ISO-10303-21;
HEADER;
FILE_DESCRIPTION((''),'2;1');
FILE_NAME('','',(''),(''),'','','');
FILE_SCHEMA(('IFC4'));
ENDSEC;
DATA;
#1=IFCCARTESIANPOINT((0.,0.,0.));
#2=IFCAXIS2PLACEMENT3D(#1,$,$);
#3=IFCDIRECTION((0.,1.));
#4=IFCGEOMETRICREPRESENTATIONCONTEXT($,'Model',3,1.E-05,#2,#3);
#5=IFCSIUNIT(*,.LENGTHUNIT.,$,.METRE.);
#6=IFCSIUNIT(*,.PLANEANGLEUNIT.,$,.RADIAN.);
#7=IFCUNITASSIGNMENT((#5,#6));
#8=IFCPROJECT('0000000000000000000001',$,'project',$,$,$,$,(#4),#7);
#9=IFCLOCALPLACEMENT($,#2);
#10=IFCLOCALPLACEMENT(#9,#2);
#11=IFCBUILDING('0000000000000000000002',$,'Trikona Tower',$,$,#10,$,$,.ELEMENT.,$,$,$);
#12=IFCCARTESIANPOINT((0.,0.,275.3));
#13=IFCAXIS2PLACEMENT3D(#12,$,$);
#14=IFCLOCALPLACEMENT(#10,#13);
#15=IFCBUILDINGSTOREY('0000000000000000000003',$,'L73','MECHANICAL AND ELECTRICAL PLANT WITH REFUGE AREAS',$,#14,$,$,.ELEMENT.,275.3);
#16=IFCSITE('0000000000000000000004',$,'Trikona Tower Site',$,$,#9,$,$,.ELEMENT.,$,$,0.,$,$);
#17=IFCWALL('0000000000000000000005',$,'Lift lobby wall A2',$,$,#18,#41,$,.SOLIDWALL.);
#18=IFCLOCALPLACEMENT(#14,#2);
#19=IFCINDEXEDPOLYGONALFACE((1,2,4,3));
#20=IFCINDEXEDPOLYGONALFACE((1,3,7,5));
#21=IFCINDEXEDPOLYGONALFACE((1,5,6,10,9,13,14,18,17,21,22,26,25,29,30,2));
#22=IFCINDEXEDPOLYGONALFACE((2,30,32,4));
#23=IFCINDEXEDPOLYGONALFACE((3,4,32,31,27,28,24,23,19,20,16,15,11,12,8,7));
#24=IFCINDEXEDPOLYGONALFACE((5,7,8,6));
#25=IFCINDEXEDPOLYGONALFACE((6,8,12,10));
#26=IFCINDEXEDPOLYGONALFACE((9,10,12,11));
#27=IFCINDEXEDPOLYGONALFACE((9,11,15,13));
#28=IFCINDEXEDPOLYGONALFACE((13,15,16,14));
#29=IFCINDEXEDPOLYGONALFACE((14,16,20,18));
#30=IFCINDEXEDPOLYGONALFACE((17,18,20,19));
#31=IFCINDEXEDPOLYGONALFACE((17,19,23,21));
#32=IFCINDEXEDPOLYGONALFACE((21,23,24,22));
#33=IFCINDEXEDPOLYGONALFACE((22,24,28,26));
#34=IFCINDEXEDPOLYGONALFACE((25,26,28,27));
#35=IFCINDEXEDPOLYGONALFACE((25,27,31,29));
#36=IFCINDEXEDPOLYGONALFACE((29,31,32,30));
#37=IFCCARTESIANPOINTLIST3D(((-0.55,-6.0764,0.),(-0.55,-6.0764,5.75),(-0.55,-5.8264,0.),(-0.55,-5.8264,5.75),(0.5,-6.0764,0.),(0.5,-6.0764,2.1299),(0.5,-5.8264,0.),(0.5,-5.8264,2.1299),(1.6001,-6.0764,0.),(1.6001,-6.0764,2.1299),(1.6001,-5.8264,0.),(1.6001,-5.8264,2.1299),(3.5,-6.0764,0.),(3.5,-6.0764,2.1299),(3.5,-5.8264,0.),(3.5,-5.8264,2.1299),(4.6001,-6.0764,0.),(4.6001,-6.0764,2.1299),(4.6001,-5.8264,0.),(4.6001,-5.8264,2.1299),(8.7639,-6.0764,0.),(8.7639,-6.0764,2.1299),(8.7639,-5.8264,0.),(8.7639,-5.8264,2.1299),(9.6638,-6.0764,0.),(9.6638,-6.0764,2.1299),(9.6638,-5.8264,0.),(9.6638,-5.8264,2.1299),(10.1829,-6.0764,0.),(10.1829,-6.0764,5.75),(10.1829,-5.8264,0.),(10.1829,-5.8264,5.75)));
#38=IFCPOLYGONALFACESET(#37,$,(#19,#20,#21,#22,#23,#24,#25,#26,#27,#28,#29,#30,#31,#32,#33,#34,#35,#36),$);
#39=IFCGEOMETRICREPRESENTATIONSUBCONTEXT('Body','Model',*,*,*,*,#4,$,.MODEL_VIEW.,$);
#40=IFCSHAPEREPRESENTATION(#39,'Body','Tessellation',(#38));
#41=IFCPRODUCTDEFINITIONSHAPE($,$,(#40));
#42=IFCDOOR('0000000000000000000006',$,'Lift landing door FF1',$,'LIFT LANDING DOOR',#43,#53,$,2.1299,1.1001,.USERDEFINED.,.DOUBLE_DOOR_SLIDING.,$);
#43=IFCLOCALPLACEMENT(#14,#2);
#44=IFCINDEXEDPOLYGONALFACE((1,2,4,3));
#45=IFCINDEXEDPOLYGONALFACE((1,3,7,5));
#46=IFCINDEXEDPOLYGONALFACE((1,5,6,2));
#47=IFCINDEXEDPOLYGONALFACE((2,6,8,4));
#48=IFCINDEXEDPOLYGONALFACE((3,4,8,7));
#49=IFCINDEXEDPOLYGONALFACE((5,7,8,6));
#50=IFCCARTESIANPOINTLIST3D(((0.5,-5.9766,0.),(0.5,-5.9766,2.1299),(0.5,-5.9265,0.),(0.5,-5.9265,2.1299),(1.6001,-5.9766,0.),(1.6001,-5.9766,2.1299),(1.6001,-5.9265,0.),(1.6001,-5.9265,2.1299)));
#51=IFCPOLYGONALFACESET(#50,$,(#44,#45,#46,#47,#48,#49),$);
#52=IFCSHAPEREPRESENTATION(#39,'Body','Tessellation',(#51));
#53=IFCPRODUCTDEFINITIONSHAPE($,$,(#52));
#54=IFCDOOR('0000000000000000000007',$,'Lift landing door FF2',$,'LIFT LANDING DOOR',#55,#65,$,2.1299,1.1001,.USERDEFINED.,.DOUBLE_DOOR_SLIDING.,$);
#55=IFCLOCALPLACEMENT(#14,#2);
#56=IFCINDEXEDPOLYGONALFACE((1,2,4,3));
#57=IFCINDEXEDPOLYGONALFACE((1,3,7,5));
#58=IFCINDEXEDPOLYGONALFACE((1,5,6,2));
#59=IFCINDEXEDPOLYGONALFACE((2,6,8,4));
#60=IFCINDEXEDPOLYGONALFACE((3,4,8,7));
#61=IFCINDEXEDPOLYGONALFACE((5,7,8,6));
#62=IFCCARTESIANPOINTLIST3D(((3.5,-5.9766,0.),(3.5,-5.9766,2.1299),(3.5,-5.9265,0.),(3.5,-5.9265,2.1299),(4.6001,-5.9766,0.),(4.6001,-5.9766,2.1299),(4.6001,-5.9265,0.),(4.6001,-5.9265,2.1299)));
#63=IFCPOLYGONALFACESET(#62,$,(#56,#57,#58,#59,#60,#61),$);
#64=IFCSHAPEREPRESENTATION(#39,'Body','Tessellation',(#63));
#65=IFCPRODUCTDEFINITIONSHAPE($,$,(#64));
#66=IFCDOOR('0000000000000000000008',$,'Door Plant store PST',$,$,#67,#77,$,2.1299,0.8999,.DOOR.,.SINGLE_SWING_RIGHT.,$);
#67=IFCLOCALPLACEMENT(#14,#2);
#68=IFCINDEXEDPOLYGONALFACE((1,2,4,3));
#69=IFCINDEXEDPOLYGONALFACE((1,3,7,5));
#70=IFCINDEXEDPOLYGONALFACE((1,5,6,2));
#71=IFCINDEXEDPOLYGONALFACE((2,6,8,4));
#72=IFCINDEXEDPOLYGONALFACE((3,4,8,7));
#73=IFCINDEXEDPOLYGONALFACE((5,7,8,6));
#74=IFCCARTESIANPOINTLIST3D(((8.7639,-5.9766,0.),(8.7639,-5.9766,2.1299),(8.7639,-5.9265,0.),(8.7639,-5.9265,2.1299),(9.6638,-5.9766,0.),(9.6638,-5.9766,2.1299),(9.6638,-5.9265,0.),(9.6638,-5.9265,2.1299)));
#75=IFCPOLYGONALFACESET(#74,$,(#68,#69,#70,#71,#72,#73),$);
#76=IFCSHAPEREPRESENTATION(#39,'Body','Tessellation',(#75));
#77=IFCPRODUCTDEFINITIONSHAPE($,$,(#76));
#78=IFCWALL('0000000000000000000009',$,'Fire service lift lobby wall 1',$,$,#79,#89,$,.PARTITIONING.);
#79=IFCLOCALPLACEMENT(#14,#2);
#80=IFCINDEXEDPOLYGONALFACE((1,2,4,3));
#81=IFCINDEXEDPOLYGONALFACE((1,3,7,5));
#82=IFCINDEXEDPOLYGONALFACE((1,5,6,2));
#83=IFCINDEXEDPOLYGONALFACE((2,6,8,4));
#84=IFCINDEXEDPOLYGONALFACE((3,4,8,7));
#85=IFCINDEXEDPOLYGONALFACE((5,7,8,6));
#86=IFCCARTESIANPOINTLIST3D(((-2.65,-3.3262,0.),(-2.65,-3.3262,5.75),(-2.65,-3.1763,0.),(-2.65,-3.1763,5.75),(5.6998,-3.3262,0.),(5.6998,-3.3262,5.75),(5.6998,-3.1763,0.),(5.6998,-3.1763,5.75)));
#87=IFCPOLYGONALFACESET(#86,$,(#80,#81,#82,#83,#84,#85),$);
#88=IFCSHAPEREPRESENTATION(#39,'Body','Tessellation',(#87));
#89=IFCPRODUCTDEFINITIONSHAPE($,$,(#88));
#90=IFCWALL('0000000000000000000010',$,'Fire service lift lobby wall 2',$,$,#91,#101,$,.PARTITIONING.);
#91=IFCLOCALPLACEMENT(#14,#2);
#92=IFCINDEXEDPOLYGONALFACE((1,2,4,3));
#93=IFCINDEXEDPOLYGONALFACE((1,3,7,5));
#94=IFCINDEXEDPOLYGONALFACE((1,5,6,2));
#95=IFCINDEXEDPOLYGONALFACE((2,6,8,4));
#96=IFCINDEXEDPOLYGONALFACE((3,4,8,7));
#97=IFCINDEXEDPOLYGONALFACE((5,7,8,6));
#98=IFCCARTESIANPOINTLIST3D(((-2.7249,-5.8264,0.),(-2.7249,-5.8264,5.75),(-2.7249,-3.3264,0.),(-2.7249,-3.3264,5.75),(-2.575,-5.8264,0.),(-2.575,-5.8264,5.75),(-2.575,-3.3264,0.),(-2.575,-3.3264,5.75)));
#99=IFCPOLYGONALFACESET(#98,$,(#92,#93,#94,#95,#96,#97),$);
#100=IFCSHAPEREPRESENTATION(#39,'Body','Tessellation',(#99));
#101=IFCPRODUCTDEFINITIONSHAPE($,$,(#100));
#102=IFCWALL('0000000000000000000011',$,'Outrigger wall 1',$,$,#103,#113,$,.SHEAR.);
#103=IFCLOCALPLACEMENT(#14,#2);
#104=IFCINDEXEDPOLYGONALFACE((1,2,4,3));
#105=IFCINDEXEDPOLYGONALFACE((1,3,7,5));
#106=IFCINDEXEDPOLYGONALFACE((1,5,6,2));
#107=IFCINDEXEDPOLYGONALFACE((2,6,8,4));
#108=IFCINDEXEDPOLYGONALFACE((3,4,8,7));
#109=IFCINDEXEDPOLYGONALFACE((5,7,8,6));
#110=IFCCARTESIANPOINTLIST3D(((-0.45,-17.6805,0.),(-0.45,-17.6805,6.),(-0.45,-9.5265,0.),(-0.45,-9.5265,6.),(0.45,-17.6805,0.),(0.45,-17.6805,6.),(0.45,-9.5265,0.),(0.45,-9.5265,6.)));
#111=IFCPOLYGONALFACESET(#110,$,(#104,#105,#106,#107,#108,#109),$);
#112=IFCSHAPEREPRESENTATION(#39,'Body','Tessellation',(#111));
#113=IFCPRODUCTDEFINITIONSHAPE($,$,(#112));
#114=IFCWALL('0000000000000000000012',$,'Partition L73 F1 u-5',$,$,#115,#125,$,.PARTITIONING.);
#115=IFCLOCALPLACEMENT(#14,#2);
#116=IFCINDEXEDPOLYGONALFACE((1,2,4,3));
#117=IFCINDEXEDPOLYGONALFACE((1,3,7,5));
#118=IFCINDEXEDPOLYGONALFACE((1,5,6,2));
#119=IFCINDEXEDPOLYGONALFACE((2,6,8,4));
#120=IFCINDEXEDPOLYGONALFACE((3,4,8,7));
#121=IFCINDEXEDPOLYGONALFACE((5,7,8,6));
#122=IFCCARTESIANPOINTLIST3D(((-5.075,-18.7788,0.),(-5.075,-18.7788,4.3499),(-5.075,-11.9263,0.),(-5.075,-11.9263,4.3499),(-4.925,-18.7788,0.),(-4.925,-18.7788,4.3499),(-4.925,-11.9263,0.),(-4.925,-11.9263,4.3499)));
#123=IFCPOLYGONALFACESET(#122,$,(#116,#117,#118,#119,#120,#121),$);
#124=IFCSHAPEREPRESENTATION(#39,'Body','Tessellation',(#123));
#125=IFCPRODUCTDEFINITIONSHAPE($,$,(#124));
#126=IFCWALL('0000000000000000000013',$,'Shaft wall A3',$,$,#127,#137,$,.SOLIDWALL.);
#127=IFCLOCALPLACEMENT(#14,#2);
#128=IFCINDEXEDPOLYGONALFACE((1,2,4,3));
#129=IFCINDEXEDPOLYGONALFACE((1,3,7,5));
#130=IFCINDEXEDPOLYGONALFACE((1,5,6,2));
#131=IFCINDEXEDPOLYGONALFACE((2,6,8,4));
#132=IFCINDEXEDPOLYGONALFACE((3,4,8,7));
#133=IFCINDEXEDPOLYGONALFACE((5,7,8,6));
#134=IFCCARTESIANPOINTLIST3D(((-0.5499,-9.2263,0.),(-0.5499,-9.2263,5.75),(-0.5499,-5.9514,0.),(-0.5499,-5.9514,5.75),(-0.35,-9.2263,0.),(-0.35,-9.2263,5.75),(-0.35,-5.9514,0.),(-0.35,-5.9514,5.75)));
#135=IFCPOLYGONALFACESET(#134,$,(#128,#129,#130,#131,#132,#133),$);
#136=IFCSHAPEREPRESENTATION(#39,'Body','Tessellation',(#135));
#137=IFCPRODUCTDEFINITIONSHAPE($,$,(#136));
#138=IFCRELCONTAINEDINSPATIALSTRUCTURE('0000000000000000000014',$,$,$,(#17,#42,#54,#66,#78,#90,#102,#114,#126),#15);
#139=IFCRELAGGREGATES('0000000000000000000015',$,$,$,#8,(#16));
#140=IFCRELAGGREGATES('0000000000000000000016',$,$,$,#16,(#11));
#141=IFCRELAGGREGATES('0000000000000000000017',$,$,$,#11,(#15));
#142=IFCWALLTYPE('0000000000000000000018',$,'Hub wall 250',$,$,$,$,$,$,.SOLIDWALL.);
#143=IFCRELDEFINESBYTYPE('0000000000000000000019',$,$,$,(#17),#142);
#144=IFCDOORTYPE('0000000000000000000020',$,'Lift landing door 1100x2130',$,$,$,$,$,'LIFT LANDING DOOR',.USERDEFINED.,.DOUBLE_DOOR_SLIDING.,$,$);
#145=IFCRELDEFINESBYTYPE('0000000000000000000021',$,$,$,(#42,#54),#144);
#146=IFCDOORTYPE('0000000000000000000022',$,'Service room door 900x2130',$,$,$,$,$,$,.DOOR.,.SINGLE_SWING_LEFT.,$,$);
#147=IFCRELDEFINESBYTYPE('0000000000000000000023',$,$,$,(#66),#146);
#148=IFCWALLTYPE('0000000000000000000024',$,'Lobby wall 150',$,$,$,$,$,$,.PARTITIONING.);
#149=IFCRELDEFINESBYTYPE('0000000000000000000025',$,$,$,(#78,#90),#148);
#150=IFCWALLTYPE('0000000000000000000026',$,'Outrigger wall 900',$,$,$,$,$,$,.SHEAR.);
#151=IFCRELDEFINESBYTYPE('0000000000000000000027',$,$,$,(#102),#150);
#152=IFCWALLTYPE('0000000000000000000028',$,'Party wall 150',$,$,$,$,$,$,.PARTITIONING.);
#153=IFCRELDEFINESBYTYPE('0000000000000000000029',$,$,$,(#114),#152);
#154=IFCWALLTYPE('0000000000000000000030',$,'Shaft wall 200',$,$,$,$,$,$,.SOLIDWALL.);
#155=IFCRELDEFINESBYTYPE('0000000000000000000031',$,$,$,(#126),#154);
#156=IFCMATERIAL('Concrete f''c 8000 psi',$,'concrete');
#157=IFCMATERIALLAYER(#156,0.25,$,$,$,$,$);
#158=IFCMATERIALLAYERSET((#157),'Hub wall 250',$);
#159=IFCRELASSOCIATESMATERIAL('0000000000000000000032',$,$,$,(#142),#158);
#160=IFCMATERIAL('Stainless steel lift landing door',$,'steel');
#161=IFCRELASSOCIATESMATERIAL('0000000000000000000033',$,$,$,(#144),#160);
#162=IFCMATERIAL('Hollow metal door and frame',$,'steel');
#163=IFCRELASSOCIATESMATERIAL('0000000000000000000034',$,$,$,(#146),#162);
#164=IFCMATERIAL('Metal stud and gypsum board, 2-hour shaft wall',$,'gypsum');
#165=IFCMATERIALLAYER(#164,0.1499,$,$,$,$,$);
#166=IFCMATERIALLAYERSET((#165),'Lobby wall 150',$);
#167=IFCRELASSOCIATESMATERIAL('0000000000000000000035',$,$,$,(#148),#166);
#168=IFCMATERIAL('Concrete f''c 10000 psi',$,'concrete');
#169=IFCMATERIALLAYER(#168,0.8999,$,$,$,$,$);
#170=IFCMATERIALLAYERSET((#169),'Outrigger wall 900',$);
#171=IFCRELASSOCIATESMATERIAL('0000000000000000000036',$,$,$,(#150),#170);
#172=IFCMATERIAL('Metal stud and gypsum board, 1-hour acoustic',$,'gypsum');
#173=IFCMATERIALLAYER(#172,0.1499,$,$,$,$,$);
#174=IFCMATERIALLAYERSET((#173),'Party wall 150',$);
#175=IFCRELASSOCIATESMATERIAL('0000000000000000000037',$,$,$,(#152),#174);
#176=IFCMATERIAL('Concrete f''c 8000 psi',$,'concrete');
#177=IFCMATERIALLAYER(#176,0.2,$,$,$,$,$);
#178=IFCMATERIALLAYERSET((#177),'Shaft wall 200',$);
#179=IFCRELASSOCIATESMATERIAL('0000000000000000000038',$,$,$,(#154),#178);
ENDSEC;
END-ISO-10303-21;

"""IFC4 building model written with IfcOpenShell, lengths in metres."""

from ifc_helpers import new_model, si_unit, direction, frame, frame_2d, origin, place, context, subcontext, project, spatial, rectangle, extrude, material, layer, layer_set, type_object, element, fill, save


model = new_model("IFC4")

# Units and contexts
model_context = context("Model", 3, precision=1e-05, world=origin(), true_north=direction((0.0, 1.0)))
body_context = subcontext(model_context, "Body", "Model", "MODEL_VIEW")
ifc_project = project(units=[si_unit("LENGTHUNIT", "METRE"), si_unit("PLANEANGLEUNIT", "RADIAN")], contexts=[model_context])

# Site, building, storey
site_placement = place(None, origin())
site = spatial("IfcSite", under=ifc_project, at=site_placement, Name="Trikona Tower Site", CompositionType="ELEMENT", RefElevation=0.0)
building_placement = place(site_placement, origin())
building = spatial("IfcBuilding", under=site, at=building_placement, Name="Trikona Tower", CompositionType="ELEMENT")
storey_placement = place(building_placement, frame((0.0, 0.0, 275.3)))
storey = spatial("IfcBuildingStorey", under=building, at=storey_placement, Name="L73", Description="MECHANICAL AND ELECTRICAL PLANT WITH REFUGE AREAS", CompositionType="ELEMENT", Elevation=275.3)

# Wall, openings, doors
ifc_material_1 = material(Name="Concrete f'c 8000 psi", Category="concrete")
ifc_layer_1 = layer(ifc_material_1, 0.25)
ifc_layer_set_1 = layer_set([ifc_layer_1], Name="Hub wall 250")
wall_type_1 = type_object("IfcWallType", Name="Hub wall 250", PredefinedType="SOLIDWALL", material=ifc_layer_set_1)
wall_1_placement = place(storey_placement, frame((-0.55, -5.9514, 0.0), z_axis=(0.0, 0.0, 1.0), x_axis=(1.0, 0.0, 0.0)))
wall_1 = element("IfcWall", 1, at=wall_1_placement, inside=storey, type_object=wall_type_1, Name="Lift lobby wall A2", PredefinedType="SOLIDWALL", context=body_context, shape_type="SweptSolid", body=[
    extrude(rectangle(XDim=10.7329, YDim=0.25, at=frame_2d((5.3665, 0.0))), origin(), (0.0, 0.0, 1.0), 5.75),
])
opening_1_placement = place(wall_1_placement, frame((9.314, 0.0, 0.0)))
opening_1 = element("IfcOpeningElement", 2, at=opening_1_placement, cuts=wall_1, PredefinedType="OPENING", context=body_context, shape_type="SweptSolid", body=[
    extrude(rectangle(XDim=0.8999, YDim=2.1299, at=frame_2d((0.45, 1.0649))), frame((0.0, 0.135, 0.0), z_axis=(0.0, -1.0, 0.0), x_axis=(1.0, 0.0, 0.0)), (0.0, 0.0, 1.0), 0.27),
])
opening_2_placement = place(wall_1_placement, frame((1.05, 0.0, 0.0)))
opening_2 = element("IfcOpeningElement", 3, at=opening_2_placement, cuts=wall_1, PredefinedType="OPENING", context=body_context, shape_type="SweptSolid", body=[
    extrude(rectangle(XDim=1.1001, YDim=2.1299, at=frame_2d((0.55, 1.0649))), frame((0.0, 0.135, 0.0), z_axis=(0.0, -1.0, 0.0), x_axis=(1.0, 0.0, 0.0)), (0.0, 0.0, 1.0), 0.27),
])
opening_3_placement = place(wall_1_placement, frame((4.05, 0.0, 0.0)))
opening_3 = element("IfcOpeningElement", 4, at=opening_3_placement, cuts=wall_1, PredefinedType="OPENING", context=body_context, shape_type="SweptSolid", body=[
    extrude(rectangle(XDim=1.1001, YDim=2.1299, at=frame_2d((0.55, 1.0649))), frame((0.0, 0.135, 0.0), z_axis=(0.0, -1.0, 0.0), x_axis=(1.0, 0.0, 0.0)), (0.0, 0.0, 1.0), 0.27),
])
ifc_material_2 = material(Name="Stainless steel lift landing door", Category="steel")
door_type_1 = type_object("IfcDoorType", Name="Lift landing door 1100x2130", ElementType="LIFT LANDING DOOR", OperationType="DOUBLE_DOOR_SLIDING", PredefinedType="USERDEFINED", material=ifc_material_2)
door_1_placement = place(opening_2_placement, origin())
door_1 = element("IfcDoor", 5, at=door_1_placement, inside=storey, type_object=door_type_1, Name="Lift landing door FF1", ObjectType="LIFT LANDING DOOR", OperationType="DOUBLE_DOOR_SLIDING", OverallHeight=2.1299, OverallWidth=1.1001, PredefinedType="USERDEFINED", context=body_context, shape_type="SweptSolid", body=[
    extrude(rectangle(XDim=1.1001, YDim=2.1299, at=frame_2d((0.55, 1.0649))), frame((0.0, 0.0249, 0.0), z_axis=(0.0, -1.0, 0.0), x_axis=(1.0, 0.0, 0.0)), (0.0, 0.0, 1.0), 0.05),
])
fill(opening_2, door_1)
door_2_placement = place(opening_3_placement, origin())
door_2 = element("IfcDoor", 6, at=door_2_placement, inside=storey, type_object=door_type_1, Name="Lift landing door FF2", ObjectType="LIFT LANDING DOOR", OperationType="DOUBLE_DOOR_SLIDING", OverallHeight=2.1299, OverallWidth=1.1001, PredefinedType="USERDEFINED", context=body_context, shape_type="SweptSolid", body=[
    extrude(rectangle(XDim=1.1001, YDim=2.1299, at=frame_2d((0.55, 1.0649))), frame((0.0, 0.0249, 0.0), z_axis=(0.0, -1.0, 0.0), x_axis=(1.0, 0.0, 0.0)), (0.0, 0.0, 1.0), 0.05),
])
fill(opening_3, door_2)
ifc_material_3 = material(Name="Hollow metal door and frame", Category="steel")
door_type_2 = type_object("IfcDoorType", Name="Service room door 900x2130", OperationType="SINGLE_SWING_LEFT", PredefinedType="DOOR", material=ifc_material_3)
door_3_placement = place(opening_1_placement, origin())
door_3 = element("IfcDoor", 7, at=door_3_placement, inside=storey, type_object=door_type_2, Name="Door Plant store PST", OperationType="SINGLE_SWING_RIGHT", OverallHeight=2.1299, OverallWidth=0.8999, PredefinedType="DOOR", context=body_context, shape_type="SweptSolid", body=[
    extrude(rectangle(XDim=0.8999, YDim=2.1299, at=frame_2d((0.45, 1.0649))), frame((0.0, 0.0249, 0.0), z_axis=(0.0, -1.0, 0.0), x_axis=(1.0, 0.0, 0.0)), (0.0, 0.0, 1.0), 0.05),
])
fill(opening_1, door_3)

# Walls
ifc_material_4 = material(Name="Metal stud and gypsum board, 2-hour shaft wall", Category="gypsum")
ifc_layer_2 = layer(ifc_material_4, 0.1499)
ifc_layer_set_2 = layer_set([ifc_layer_2], Name="Lobby wall 150")
wall_type_2 = type_object("IfcWallType", Name="Lobby wall 150", PredefinedType="PARTITIONING", material=ifc_layer_set_2)
wall_2_placement = place(storey_placement, frame((-2.6499, -3.2512, 0.0), z_axis=(0.0, 0.0, 1.0), x_axis=(1.0, 0.0, 0.0)))
element("IfcWall", 8, at=wall_2_placement, inside=storey, type_object=wall_type_2, Name="Fire service lift lobby wall 1", PredefinedType="PARTITIONING", context=body_context, shape_type="SweptSolid", body=[
    extrude(rectangle(XDim=8.3499, YDim=0.1499, at=frame_2d((4.1748, 0.0))), origin(), (0.0, 0.0, 1.0), 5.75),
])
wall_3_placement = place(storey_placement, frame((-2.6499, -5.8264, 0.0), z_axis=(0.0, 0.0, 1.0), x_axis=(0.0, 1.0, 0.0)))
element("IfcWall", 9, at=wall_3_placement, inside=storey, type_object=wall_type_2, Name="Fire service lift lobby wall 2", PredefinedType="PARTITIONING", context=body_context, shape_type="SweptSolid", body=[
    extrude(rectangle(XDim=2.5, YDim=0.1499, at=frame_2d((1.25, 0.0))), origin(), (0.0, 0.0, 1.0), 5.75),
])
ifc_material_5 = material(Name="Concrete f'c 10000 psi", Category="concrete")
ifc_layer_3 = layer(ifc_material_5, 0.8999)
ifc_layer_set_3 = layer_set([ifc_layer_3], Name="Outrigger wall 900")
wall_type_3 = type_object("IfcWallType", Name="Outrigger wall 900", PredefinedType="SHEAR", material=ifc_layer_set_3)
wall_4_placement = place(storey_placement, frame((0.0, -9.5264, 0.0), z_axis=(0.0, 0.0, 1.0), x_axis=(0.0, -1.0, 0.0)))
element("IfcWall", 10, at=wall_4_placement, inside=storey, type_object=wall_type_3, Name="Outrigger wall 1", PredefinedType="SHEAR", context=body_context, shape_type="SweptSolid", body=[
    extrude(rectangle(XDim=8.1541, YDim=0.8999, at=frame_2d((4.0771, 0.0))), origin(), (0.0, 0.0, 1.0), 6.0),
])
ifc_material_6 = material(Name="Metal stud and gypsum board, 1-hour acoustic", Category="gypsum")
ifc_layer_4 = layer(ifc_material_6, 0.1499)
ifc_layer_set_4 = layer_set([ifc_layer_4], Name="Party wall 150")
wall_type_4 = type_object("IfcWallType", Name="Party wall 150", PredefinedType="PARTITIONING", material=ifc_layer_set_4)
wall_5_placement = place(storey_placement, frame((-5.0, -11.9263, 0.0), z_axis=(0.0, 0.0, 1.0), x_axis=(0.0, -1.0, 0.0)))
element("IfcWall", 11, at=wall_5_placement, inside=storey, type_object=wall_type_4, Name="Partition L73 F1 u-5", PredefinedType="PARTITIONING", context=body_context, shape_type="SweptSolid", body=[
    extrude(rectangle(XDim=6.8525, YDim=0.1499, at=frame_2d((3.4263, 0.0))), origin(), (0.0, 0.0, 1.0), 4.3499),
])
ifc_material_7 = material(Name="Concrete f'c 8000 psi", Category="concrete")
ifc_layer_5 = layer(ifc_material_7, 0.2)
ifc_layer_set_5 = layer_set([ifc_layer_5], Name="Shaft wall 200")
wall_type_5 = type_object("IfcWallType", Name="Shaft wall 200", PredefinedType="SOLIDWALL", material=ifc_layer_set_5)
wall_6_placement = place(storey_placement, frame((-0.45, -5.9514, 0.0), z_axis=(0.0, 0.0, 1.0), x_axis=(0.0, -1.0, 0.0)))
element("IfcWall", 12, at=wall_6_placement, inside=storey, type_object=wall_type_5, Name="Shaft wall A3", PredefinedType="SOLIDWALL", context=body_context, shape_type="SweptSolid", body=[
    extrude(rectangle(XDim=3.2749, YDim=0.2, at=frame_2d((1.6375, 0.0))), origin(), (0.0, 0.0, 1.0), 5.75),
])

save(model, "model.ifc")
